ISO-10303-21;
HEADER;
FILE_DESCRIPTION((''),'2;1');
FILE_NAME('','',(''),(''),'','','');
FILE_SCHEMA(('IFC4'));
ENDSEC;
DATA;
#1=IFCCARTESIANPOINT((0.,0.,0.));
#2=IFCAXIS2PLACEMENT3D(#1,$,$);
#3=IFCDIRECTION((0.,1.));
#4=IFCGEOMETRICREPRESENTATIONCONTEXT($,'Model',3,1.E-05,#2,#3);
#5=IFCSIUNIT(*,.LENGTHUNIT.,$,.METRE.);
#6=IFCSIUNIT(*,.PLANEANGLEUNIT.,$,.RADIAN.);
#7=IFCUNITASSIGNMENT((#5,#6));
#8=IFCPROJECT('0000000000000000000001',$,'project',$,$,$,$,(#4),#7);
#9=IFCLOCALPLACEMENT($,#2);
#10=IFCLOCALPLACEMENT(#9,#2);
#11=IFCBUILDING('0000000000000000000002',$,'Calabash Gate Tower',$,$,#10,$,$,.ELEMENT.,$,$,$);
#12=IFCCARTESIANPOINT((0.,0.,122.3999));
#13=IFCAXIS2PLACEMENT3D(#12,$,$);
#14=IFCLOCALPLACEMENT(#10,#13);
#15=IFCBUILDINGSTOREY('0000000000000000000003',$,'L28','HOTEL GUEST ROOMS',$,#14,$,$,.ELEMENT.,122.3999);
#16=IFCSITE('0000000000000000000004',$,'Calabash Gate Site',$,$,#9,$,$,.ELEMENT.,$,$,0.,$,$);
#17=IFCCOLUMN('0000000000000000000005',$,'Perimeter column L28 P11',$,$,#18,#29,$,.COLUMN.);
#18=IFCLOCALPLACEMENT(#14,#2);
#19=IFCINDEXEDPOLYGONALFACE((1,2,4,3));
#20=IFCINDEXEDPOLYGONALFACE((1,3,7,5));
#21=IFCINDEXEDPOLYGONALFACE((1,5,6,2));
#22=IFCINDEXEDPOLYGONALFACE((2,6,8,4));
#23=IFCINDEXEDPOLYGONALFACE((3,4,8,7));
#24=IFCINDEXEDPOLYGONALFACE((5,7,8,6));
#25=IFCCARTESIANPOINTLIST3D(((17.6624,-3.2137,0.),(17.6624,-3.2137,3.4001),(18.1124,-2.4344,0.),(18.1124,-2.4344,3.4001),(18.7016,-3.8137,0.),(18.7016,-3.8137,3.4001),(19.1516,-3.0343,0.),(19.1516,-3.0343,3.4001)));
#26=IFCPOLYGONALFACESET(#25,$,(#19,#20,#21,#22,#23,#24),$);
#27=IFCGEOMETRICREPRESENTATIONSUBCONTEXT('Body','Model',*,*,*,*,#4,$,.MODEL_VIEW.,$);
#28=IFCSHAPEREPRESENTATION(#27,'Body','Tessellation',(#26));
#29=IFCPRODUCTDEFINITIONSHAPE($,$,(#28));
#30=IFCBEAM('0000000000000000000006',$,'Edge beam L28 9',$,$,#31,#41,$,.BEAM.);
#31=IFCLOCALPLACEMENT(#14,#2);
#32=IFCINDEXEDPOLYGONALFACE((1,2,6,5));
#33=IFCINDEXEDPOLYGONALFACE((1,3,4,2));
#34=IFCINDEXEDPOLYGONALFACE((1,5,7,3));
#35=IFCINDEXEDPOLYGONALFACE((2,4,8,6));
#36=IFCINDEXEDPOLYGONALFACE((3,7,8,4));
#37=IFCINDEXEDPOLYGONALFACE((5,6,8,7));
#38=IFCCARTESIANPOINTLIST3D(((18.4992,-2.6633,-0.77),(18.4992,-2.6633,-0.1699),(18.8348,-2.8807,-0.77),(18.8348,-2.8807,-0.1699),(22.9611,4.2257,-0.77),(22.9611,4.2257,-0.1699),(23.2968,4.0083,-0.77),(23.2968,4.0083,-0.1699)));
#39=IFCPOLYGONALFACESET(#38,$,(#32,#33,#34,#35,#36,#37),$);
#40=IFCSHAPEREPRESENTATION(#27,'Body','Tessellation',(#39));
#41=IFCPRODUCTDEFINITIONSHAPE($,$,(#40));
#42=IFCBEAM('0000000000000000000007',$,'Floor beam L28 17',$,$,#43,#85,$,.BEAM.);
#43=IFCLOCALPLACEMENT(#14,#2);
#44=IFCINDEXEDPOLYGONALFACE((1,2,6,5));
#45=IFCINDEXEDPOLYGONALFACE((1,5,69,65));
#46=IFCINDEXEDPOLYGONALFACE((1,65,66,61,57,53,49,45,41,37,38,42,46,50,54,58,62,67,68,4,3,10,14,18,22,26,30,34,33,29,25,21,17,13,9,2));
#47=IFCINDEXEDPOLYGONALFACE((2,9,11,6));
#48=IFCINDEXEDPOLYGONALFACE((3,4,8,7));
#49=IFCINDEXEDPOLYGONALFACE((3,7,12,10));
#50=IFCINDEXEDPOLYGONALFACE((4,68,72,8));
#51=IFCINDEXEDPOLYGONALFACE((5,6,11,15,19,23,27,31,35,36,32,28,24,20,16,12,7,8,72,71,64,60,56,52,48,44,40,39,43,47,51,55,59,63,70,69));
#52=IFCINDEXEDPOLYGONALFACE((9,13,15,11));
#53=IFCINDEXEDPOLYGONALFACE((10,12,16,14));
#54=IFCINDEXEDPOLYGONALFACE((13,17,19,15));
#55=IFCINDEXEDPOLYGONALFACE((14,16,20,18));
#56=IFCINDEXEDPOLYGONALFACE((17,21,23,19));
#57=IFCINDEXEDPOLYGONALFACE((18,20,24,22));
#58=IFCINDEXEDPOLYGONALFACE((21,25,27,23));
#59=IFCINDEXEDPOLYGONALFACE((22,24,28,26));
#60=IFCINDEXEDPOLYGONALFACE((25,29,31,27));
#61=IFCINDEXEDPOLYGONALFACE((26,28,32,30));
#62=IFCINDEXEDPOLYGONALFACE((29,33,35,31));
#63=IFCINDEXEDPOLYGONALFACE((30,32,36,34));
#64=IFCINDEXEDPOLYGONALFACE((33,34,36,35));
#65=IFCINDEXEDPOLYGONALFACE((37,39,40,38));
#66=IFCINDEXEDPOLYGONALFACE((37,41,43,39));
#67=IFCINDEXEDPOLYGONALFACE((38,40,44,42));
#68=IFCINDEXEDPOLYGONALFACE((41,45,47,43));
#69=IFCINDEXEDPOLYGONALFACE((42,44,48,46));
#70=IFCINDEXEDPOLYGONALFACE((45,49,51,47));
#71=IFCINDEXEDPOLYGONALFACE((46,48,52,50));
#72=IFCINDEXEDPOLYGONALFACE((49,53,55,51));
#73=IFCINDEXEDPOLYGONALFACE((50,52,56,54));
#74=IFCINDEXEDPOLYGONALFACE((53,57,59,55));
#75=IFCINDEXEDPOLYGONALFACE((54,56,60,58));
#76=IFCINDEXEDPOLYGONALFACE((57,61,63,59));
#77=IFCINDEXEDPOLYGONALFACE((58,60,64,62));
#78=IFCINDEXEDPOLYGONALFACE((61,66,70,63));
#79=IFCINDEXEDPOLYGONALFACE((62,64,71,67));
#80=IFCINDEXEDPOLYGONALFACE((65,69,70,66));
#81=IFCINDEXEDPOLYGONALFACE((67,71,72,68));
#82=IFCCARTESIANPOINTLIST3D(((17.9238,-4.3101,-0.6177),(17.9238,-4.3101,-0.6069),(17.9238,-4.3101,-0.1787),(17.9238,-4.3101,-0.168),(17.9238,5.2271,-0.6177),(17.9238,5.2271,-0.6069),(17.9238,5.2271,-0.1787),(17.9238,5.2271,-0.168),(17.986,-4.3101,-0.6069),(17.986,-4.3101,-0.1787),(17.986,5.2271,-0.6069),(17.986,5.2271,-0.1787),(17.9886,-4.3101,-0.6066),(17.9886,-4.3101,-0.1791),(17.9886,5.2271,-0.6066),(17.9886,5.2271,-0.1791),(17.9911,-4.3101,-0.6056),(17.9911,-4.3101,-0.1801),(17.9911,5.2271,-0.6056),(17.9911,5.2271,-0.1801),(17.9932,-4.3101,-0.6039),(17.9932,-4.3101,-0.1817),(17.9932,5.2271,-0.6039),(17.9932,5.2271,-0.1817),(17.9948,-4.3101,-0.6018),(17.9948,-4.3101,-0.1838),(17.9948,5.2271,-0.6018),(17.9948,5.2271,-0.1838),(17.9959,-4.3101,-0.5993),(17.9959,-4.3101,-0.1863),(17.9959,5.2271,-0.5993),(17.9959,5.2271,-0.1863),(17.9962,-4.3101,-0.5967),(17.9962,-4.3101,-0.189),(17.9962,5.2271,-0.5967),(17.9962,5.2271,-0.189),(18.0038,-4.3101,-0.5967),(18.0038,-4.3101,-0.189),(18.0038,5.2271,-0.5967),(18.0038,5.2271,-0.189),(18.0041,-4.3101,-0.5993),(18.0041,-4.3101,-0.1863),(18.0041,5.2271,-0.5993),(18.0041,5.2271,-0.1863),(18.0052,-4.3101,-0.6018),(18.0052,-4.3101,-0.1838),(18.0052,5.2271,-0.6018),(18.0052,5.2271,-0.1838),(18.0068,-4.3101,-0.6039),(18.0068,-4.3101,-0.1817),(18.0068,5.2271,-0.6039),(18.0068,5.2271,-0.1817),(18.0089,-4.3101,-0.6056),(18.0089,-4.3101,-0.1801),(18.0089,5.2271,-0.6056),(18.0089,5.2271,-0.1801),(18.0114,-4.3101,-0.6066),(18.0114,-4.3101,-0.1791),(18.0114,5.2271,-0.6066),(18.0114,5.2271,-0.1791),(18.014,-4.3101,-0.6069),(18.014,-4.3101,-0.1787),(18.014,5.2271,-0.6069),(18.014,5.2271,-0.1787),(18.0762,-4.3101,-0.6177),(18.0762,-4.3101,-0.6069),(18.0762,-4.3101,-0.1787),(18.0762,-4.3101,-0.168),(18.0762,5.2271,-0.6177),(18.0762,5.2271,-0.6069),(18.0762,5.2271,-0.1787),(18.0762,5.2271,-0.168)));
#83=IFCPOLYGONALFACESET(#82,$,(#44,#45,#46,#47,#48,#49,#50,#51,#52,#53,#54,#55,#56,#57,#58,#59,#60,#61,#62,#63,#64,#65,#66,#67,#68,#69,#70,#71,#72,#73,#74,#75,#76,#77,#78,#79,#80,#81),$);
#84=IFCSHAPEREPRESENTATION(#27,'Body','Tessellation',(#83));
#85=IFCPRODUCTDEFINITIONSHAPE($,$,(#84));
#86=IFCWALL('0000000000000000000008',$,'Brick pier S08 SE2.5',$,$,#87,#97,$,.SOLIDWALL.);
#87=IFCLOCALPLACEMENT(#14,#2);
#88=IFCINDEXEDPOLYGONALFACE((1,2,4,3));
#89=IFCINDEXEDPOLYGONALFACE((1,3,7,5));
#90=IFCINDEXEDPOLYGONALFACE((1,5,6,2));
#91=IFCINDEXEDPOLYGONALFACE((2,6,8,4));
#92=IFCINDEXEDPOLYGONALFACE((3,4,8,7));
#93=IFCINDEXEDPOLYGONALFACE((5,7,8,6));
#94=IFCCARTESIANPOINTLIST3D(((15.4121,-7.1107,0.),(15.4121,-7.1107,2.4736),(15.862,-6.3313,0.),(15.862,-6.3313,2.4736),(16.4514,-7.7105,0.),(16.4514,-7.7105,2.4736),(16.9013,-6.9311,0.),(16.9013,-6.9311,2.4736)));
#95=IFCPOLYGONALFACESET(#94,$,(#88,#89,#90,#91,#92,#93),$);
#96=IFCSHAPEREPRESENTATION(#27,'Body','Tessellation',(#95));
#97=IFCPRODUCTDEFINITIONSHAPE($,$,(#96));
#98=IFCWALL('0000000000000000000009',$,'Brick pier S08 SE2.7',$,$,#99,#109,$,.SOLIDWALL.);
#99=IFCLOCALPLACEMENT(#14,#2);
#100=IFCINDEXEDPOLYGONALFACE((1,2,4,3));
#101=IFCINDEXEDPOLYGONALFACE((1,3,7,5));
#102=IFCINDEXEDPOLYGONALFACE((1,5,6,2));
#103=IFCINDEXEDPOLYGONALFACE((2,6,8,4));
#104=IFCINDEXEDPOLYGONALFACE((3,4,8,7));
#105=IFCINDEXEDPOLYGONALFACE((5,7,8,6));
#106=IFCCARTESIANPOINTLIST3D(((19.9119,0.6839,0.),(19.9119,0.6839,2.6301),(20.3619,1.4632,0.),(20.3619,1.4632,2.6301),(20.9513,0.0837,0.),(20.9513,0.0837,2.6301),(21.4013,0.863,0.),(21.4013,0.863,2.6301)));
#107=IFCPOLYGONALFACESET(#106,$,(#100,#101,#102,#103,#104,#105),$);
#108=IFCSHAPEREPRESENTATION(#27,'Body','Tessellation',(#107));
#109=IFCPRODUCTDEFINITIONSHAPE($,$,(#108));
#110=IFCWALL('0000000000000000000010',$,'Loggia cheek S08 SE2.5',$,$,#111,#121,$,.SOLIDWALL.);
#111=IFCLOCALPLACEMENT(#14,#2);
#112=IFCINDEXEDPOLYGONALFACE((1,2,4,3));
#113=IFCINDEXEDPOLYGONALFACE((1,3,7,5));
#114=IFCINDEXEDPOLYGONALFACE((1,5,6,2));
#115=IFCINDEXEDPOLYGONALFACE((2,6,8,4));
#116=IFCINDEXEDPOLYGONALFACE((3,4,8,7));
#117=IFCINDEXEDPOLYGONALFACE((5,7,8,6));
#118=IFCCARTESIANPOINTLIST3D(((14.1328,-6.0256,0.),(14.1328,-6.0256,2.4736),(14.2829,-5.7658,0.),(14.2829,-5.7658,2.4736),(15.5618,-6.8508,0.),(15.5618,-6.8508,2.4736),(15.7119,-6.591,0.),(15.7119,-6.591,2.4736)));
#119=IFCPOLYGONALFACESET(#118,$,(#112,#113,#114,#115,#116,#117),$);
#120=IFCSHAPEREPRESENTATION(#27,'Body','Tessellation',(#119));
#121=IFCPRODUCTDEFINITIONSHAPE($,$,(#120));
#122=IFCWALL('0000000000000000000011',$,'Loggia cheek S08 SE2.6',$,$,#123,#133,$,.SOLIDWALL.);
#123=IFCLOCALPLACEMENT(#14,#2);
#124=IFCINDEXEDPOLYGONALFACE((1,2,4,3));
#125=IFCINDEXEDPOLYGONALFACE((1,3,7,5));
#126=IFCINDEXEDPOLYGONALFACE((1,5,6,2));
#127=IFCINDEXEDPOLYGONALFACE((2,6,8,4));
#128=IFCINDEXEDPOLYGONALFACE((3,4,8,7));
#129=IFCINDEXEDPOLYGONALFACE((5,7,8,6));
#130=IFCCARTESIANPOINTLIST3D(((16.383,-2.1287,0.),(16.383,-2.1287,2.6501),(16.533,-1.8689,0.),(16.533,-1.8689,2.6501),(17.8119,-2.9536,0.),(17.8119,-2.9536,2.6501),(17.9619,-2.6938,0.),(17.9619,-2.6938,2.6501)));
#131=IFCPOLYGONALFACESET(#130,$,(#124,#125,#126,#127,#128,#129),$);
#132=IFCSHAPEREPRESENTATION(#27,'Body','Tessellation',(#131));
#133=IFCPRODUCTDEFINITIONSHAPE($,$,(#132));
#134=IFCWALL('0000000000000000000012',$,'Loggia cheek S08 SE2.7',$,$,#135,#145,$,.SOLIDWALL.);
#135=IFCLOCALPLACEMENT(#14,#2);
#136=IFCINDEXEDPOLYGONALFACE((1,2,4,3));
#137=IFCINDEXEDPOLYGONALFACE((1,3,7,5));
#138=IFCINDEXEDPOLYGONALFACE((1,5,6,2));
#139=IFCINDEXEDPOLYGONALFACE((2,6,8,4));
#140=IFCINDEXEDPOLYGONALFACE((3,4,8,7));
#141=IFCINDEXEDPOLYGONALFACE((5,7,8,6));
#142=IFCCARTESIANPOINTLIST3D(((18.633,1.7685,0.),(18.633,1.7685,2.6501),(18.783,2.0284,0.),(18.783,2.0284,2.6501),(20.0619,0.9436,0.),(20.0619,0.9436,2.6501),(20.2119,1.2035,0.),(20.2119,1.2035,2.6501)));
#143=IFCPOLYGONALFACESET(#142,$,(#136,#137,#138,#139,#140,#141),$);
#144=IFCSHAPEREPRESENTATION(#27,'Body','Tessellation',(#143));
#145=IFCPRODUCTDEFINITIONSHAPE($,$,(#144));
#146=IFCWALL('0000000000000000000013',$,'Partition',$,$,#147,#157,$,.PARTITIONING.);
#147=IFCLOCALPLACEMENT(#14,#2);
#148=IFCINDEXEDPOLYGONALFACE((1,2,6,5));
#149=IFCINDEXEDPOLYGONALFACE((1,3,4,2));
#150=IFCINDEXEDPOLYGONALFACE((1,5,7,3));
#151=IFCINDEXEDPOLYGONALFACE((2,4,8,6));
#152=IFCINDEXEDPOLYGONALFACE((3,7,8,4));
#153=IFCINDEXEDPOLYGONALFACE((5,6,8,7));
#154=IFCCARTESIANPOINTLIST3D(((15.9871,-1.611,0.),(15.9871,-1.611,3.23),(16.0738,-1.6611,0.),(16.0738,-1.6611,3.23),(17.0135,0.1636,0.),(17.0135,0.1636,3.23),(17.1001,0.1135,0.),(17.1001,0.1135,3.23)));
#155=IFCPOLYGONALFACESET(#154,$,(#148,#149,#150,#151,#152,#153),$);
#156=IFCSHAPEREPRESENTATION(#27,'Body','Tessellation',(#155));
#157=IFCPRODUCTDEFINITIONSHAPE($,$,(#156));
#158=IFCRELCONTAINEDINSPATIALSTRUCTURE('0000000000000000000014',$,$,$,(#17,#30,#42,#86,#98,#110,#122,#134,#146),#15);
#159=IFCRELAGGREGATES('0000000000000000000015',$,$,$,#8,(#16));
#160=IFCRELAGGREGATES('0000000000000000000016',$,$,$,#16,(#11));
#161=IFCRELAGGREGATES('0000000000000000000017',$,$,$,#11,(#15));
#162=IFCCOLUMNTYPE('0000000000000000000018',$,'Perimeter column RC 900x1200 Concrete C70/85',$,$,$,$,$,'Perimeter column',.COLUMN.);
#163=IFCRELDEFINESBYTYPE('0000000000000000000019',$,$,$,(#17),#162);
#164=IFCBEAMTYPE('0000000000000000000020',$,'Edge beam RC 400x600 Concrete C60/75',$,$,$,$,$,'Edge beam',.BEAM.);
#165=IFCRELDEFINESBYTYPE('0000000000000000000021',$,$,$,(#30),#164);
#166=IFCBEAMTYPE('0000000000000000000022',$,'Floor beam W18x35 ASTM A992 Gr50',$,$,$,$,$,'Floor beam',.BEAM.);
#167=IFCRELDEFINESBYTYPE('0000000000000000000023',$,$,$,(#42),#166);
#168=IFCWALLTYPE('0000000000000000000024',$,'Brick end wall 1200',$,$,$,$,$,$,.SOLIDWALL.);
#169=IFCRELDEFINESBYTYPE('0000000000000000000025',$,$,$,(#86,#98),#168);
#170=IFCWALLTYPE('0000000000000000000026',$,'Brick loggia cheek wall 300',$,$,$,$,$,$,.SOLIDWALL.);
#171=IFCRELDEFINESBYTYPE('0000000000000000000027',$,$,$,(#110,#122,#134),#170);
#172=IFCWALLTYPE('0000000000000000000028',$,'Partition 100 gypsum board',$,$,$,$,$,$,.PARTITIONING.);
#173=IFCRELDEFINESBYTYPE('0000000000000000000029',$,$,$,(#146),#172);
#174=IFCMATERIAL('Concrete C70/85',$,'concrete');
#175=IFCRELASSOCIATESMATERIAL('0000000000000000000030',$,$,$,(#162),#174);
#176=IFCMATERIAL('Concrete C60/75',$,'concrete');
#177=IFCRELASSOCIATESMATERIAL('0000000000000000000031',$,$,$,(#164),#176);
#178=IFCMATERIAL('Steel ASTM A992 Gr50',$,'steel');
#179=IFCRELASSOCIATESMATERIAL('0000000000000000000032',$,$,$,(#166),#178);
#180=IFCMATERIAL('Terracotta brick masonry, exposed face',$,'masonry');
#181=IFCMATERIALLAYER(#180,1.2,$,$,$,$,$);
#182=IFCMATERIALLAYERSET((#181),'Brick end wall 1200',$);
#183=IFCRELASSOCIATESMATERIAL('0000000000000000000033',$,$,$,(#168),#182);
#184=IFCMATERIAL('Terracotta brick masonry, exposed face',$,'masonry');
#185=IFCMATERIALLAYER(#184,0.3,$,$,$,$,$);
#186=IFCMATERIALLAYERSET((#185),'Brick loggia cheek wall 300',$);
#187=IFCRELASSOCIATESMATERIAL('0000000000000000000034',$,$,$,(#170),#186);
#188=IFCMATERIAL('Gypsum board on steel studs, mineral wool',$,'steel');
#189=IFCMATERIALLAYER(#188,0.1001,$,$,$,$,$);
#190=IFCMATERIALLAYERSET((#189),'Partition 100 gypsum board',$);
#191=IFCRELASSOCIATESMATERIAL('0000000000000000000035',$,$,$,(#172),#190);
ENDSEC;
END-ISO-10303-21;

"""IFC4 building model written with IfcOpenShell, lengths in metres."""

from ifc_helpers import new_model, si_unit, direction, frame, frame_2d, origin, origin_2d, place, context, subcontext, project, spatial, rectangle, i_section, extrude, material, layer, layer_set, material_profile, profile_set, type_object, element, save


model = new_model("IFC4")

# Units and contexts
model_context = context("Model", 3, precision=1e-05, world=origin(), true_north=direction((0.0, 1.0)))
body_context = subcontext(model_context, "Body", "Model", "MODEL_VIEW")
ifc_project = project(units=[si_unit("LENGTHUNIT", "METRE"), si_unit("PLANEANGLEUNIT", "RADIAN")], contexts=[model_context])

# Site, building, storey
site_placement = place(None, origin())
site = spatial("IfcSite", under=ifc_project, at=site_placement, Name="Calabash Gate Site", CompositionType="ELEMENT", RefElevation=0.0)
building_placement = place(site_placement, origin())
building = spatial("IfcBuilding", under=site, at=building_placement, Name="Calabash Gate Tower", CompositionType="ELEMENT")
storey_placement = place(building_placement, frame((0.0, 0.0, 122.3999)))
storey = spatial("IfcBuildingStorey", under=building, at=storey_placement, Name="L28", Description="HOTEL GUEST ROOMS", CompositionType="ELEMENT", Elevation=122.3999)

# Column
ifc_material_1 = material(Name="Concrete C70/85", Category="concrete")
ifc_material_profile_1 = material_profile(ifc_material_1, rectangle(XDim=0.8999, YDim=1.2, at=origin_2d()))
ifc_profile_set_1 = profile_set([ifc_material_profile_1], Name="Concrete C70/85")
column_type = type_object("IfcColumnType", Name="Perimeter column RC 900x1200 Concrete C70/85", ElementType="Perimeter column", PredefinedType="COLUMN", material=ifc_profile_set_1)
column_placement = place(storey_placement, frame((18.407, -3.124, 0.0), z_axis=(0.0, 0.0, 1.0), x_axis=(0.5, 0.866025, 0.0)))
element("IfcColumn", 1, at=column_placement, inside=storey, type_object=column_type, Name="Perimeter column L28 P11", PredefinedType="COLUMN", context=body_context, shape_type="SweptSolid", body=[
    extrude(rectangle(XDim=0.8999, YDim=1.2, at=origin_2d()), origin(), (0.0, 0.0, 1.0), 3.4001),
])

# Beams
ifc_material_2 = material(Name="Concrete C60/75", Category="concrete")
ifc_material_profile_2 = material_profile(ifc_material_2, rectangle(XDim=0.3999, YDim=0.6001, at=origin_2d()))
ifc_profile_set_2 = profile_set([ifc_material_profile_2], Name="Concrete C60/75")
beam_type_1 = type_object("IfcBeamType", Name="Edge beam RC 400x600 Concrete C60/75", ElementType="Edge beam", PredefinedType="BEAM", material=ifc_profile_set_2)
beam_1_placement = place(storey_placement, frame((18.667, -2.772, -0.47), z_axis=(0.543627, 0.839327, 0.0), x_axis=(-0.839327, 0.543627, 0.0)))
element("IfcBeam", 2, at=beam_1_placement, inside=storey, type_object=beam_type_1, Name="Edge beam L28 9", PredefinedType="BEAM", context=body_context, shape_type="SweptSolid", body=[
    extrude(rectangle(XDim=0.3999, YDim=0.6001, at=origin_2d()), origin(), (0.0, 0.0, 1.0), 8.2078),
])
ifc_material_3 = material(Name="Steel ASTM A992 Gr50", Category="steel")
ifc_material_profile_3 = material_profile(ifc_material_3, i_section(OverallWidth=0.1523, OverallDepth=0.4497, WebThickness=0.0076, FlangeThickness=0.0107, FilletRadius=0.0103, at=origin_2d()))
ifc_profile_set_3 = profile_set([ifc_material_profile_3], Name="Steel ASTM A992 Gr50")
beam_type_2 = type_object("IfcBeamType", Name="Floor beam W18x35 ASTM A992 Gr50", ElementType="Floor beam", PredefinedType="BEAM", material=ifc_profile_set_3)
beam_2_placement = place(storey_placement, frame((18.0, -4.3101, -0.3928), z_axis=(0.0, 1.0, 0.0), x_axis=(-1.0, 0.0, 0.0)))
element("IfcBeam", 3, at=beam_2_placement, inside=storey, type_object=beam_type_2, Name="Floor beam L28 17", PredefinedType="BEAM", context=body_context, shape_type="SweptSolid", body=[
    extrude(i_section(OverallWidth=0.1523, OverallDepth=0.4497, WebThickness=0.0076, FlangeThickness=0.0107, FilletRadius=0.0103, at=origin_2d()), origin(), (0.0, 0.0, 1.0), 9.5371),
])

# Walls
ifc_material_4 = material(Name="Terracotta brick masonry, exposed face", Category="masonry")
ifc_layer_1 = layer(ifc_material_4, 1.2)
ifc_layer_set_1 = layer_set([ifc_layer_1], Name="Brick end wall 1200")
wall_type_1 = type_object("IfcWallType", Name="Brick end wall 1200", PredefinedType="SOLIDWALL", material=ifc_layer_set_1)
wall_1_placement = place(storey_placement, frame((15.637, -6.7209, 0.0), z_axis=(0.0, 0.0, 1.0), x_axis=(0.866094, -0.499881, 0.0)))
element("IfcWall", 4, at=wall_1_placement, inside=storey, type_object=wall_type_1, Name="Brick pier S08 SE2.5", PredefinedType="SOLIDWALL", context=body_context, shape_type="SweptSolid", body=[
    extrude(rectangle(XDim=1.2, YDim=0.8999, at=frame_2d((0.6001, 0.0))), origin(), (0.0, 0.0, 1.0), 2.4736),
])
wall_2_placement = place(storey_placement, frame((21.1763, 0.4734, 0.0), z_axis=(0.0, 0.0, 1.0), x_axis=(-0.866006, 0.500034, 0.0)))
element("IfcWall", 5, at=wall_2_placement, inside=storey, type_object=wall_type_1, Name="Brick pier S08 SE2.7", PredefinedType="SOLIDWALL", context=body_context, shape_type="SweptSolid", body=[
    extrude(rectangle(XDim=1.2002, YDim=0.8999, at=frame_2d((0.6001, 0.0))), origin(), (0.0, 0.0, 1.0), 2.6301),
])
ifc_material_5 = material(Name="Terracotta brick masonry, exposed face", Category="masonry")
ifc_layer_2 = layer(ifc_material_5, 0.3)
ifc_layer_set_2 = layer_set([ifc_layer_2], Name="Brick loggia cheek wall 300")
wall_type_2 = type_object("IfcWallType", Name="Brick loggia cheek wall 300", PredefinedType="SOLIDWALL", material=ifc_layer_set_2)
wall_3_placement = place(storey_placement, frame((15.637, -6.7209, 0.0), z_axis=(0.0, 0.0, 1.0), x_axis=(-0.865976, 0.500085, 0.0)))
element("IfcWall", 6, at=wall_3_placement, inside=storey, type_object=wall_type_2, Name="Loggia cheek S08 SE2.5", PredefinedType="SOLIDWALL", context=body_context, shape_type="SweptSolid", body=[
    extrude(rectangle(XDim=1.6501, YDim=0.3, at=frame_2d((0.8252, 0.0))), origin(), (0.0, 0.0, 1.0), 2.4736),
])
for number, where, z_axis, x_axis, name in (
    (7, (16.458, -1.9988, 0.0), (0.0, 0.0, 1.0), (0.86604, -0.499974, 0.0), "Loggia cheek S08 SE2.6"),
    (8, (18.708, 1.8984, 0.0), (0.0, 0.0, 1.0), (0.86604, -0.499974, 0.0), "Loggia cheek S08 SE2.7"),
):
    element("IfcWall", number, at=place(storey_placement, frame(where, z_axis=z_axis, x_axis=x_axis)), inside=storey, type_object=wall_type_2, Name=name, PredefinedType="SOLIDWALL", context=body_context, shape_type="SweptSolid", body=[
        extrude(rectangle(XDim=1.6499, YDim=0.3, at=frame_2d((0.825, 0.0))), origin(), (0.0, 0.0, 1.0), 2.6501),
    ])
ifc_material_6 = material(Name="Gypsum board on steel studs, mineral wool", Category="steel")
ifc_layer_3 = layer(ifc_material_6, 0.1001)
ifc_layer_set_3 = layer_set([ifc_layer_3], Name="Partition 100 gypsum board")
wall_type_3 = type_object("IfcWallType", Name="Partition 100 gypsum board", PredefinedType="PARTITIONING", material=ifc_layer_set_3)
wall_4_placement = place(storey_placement, frame((16.0305, -1.636, 0.0), z_axis=(0.0, 0.0, 1.0), x_axis=(0.500647, 0.865652, 0.0)))
element("IfcWall", 9, at=wall_4_placement, inside=storey, type_object=wall_type_3, Name="Partition", PredefinedType="PARTITIONING", context=body_context, shape_type="SweptSolid", body=[
    extrude(rectangle(XDim=2.05, YDim=0.1001, at=frame_2d((1.0249, 0.0))), origin(), (0.0, 0.0, 1.0), 3.23),
])

save(model, "model.ifc")
